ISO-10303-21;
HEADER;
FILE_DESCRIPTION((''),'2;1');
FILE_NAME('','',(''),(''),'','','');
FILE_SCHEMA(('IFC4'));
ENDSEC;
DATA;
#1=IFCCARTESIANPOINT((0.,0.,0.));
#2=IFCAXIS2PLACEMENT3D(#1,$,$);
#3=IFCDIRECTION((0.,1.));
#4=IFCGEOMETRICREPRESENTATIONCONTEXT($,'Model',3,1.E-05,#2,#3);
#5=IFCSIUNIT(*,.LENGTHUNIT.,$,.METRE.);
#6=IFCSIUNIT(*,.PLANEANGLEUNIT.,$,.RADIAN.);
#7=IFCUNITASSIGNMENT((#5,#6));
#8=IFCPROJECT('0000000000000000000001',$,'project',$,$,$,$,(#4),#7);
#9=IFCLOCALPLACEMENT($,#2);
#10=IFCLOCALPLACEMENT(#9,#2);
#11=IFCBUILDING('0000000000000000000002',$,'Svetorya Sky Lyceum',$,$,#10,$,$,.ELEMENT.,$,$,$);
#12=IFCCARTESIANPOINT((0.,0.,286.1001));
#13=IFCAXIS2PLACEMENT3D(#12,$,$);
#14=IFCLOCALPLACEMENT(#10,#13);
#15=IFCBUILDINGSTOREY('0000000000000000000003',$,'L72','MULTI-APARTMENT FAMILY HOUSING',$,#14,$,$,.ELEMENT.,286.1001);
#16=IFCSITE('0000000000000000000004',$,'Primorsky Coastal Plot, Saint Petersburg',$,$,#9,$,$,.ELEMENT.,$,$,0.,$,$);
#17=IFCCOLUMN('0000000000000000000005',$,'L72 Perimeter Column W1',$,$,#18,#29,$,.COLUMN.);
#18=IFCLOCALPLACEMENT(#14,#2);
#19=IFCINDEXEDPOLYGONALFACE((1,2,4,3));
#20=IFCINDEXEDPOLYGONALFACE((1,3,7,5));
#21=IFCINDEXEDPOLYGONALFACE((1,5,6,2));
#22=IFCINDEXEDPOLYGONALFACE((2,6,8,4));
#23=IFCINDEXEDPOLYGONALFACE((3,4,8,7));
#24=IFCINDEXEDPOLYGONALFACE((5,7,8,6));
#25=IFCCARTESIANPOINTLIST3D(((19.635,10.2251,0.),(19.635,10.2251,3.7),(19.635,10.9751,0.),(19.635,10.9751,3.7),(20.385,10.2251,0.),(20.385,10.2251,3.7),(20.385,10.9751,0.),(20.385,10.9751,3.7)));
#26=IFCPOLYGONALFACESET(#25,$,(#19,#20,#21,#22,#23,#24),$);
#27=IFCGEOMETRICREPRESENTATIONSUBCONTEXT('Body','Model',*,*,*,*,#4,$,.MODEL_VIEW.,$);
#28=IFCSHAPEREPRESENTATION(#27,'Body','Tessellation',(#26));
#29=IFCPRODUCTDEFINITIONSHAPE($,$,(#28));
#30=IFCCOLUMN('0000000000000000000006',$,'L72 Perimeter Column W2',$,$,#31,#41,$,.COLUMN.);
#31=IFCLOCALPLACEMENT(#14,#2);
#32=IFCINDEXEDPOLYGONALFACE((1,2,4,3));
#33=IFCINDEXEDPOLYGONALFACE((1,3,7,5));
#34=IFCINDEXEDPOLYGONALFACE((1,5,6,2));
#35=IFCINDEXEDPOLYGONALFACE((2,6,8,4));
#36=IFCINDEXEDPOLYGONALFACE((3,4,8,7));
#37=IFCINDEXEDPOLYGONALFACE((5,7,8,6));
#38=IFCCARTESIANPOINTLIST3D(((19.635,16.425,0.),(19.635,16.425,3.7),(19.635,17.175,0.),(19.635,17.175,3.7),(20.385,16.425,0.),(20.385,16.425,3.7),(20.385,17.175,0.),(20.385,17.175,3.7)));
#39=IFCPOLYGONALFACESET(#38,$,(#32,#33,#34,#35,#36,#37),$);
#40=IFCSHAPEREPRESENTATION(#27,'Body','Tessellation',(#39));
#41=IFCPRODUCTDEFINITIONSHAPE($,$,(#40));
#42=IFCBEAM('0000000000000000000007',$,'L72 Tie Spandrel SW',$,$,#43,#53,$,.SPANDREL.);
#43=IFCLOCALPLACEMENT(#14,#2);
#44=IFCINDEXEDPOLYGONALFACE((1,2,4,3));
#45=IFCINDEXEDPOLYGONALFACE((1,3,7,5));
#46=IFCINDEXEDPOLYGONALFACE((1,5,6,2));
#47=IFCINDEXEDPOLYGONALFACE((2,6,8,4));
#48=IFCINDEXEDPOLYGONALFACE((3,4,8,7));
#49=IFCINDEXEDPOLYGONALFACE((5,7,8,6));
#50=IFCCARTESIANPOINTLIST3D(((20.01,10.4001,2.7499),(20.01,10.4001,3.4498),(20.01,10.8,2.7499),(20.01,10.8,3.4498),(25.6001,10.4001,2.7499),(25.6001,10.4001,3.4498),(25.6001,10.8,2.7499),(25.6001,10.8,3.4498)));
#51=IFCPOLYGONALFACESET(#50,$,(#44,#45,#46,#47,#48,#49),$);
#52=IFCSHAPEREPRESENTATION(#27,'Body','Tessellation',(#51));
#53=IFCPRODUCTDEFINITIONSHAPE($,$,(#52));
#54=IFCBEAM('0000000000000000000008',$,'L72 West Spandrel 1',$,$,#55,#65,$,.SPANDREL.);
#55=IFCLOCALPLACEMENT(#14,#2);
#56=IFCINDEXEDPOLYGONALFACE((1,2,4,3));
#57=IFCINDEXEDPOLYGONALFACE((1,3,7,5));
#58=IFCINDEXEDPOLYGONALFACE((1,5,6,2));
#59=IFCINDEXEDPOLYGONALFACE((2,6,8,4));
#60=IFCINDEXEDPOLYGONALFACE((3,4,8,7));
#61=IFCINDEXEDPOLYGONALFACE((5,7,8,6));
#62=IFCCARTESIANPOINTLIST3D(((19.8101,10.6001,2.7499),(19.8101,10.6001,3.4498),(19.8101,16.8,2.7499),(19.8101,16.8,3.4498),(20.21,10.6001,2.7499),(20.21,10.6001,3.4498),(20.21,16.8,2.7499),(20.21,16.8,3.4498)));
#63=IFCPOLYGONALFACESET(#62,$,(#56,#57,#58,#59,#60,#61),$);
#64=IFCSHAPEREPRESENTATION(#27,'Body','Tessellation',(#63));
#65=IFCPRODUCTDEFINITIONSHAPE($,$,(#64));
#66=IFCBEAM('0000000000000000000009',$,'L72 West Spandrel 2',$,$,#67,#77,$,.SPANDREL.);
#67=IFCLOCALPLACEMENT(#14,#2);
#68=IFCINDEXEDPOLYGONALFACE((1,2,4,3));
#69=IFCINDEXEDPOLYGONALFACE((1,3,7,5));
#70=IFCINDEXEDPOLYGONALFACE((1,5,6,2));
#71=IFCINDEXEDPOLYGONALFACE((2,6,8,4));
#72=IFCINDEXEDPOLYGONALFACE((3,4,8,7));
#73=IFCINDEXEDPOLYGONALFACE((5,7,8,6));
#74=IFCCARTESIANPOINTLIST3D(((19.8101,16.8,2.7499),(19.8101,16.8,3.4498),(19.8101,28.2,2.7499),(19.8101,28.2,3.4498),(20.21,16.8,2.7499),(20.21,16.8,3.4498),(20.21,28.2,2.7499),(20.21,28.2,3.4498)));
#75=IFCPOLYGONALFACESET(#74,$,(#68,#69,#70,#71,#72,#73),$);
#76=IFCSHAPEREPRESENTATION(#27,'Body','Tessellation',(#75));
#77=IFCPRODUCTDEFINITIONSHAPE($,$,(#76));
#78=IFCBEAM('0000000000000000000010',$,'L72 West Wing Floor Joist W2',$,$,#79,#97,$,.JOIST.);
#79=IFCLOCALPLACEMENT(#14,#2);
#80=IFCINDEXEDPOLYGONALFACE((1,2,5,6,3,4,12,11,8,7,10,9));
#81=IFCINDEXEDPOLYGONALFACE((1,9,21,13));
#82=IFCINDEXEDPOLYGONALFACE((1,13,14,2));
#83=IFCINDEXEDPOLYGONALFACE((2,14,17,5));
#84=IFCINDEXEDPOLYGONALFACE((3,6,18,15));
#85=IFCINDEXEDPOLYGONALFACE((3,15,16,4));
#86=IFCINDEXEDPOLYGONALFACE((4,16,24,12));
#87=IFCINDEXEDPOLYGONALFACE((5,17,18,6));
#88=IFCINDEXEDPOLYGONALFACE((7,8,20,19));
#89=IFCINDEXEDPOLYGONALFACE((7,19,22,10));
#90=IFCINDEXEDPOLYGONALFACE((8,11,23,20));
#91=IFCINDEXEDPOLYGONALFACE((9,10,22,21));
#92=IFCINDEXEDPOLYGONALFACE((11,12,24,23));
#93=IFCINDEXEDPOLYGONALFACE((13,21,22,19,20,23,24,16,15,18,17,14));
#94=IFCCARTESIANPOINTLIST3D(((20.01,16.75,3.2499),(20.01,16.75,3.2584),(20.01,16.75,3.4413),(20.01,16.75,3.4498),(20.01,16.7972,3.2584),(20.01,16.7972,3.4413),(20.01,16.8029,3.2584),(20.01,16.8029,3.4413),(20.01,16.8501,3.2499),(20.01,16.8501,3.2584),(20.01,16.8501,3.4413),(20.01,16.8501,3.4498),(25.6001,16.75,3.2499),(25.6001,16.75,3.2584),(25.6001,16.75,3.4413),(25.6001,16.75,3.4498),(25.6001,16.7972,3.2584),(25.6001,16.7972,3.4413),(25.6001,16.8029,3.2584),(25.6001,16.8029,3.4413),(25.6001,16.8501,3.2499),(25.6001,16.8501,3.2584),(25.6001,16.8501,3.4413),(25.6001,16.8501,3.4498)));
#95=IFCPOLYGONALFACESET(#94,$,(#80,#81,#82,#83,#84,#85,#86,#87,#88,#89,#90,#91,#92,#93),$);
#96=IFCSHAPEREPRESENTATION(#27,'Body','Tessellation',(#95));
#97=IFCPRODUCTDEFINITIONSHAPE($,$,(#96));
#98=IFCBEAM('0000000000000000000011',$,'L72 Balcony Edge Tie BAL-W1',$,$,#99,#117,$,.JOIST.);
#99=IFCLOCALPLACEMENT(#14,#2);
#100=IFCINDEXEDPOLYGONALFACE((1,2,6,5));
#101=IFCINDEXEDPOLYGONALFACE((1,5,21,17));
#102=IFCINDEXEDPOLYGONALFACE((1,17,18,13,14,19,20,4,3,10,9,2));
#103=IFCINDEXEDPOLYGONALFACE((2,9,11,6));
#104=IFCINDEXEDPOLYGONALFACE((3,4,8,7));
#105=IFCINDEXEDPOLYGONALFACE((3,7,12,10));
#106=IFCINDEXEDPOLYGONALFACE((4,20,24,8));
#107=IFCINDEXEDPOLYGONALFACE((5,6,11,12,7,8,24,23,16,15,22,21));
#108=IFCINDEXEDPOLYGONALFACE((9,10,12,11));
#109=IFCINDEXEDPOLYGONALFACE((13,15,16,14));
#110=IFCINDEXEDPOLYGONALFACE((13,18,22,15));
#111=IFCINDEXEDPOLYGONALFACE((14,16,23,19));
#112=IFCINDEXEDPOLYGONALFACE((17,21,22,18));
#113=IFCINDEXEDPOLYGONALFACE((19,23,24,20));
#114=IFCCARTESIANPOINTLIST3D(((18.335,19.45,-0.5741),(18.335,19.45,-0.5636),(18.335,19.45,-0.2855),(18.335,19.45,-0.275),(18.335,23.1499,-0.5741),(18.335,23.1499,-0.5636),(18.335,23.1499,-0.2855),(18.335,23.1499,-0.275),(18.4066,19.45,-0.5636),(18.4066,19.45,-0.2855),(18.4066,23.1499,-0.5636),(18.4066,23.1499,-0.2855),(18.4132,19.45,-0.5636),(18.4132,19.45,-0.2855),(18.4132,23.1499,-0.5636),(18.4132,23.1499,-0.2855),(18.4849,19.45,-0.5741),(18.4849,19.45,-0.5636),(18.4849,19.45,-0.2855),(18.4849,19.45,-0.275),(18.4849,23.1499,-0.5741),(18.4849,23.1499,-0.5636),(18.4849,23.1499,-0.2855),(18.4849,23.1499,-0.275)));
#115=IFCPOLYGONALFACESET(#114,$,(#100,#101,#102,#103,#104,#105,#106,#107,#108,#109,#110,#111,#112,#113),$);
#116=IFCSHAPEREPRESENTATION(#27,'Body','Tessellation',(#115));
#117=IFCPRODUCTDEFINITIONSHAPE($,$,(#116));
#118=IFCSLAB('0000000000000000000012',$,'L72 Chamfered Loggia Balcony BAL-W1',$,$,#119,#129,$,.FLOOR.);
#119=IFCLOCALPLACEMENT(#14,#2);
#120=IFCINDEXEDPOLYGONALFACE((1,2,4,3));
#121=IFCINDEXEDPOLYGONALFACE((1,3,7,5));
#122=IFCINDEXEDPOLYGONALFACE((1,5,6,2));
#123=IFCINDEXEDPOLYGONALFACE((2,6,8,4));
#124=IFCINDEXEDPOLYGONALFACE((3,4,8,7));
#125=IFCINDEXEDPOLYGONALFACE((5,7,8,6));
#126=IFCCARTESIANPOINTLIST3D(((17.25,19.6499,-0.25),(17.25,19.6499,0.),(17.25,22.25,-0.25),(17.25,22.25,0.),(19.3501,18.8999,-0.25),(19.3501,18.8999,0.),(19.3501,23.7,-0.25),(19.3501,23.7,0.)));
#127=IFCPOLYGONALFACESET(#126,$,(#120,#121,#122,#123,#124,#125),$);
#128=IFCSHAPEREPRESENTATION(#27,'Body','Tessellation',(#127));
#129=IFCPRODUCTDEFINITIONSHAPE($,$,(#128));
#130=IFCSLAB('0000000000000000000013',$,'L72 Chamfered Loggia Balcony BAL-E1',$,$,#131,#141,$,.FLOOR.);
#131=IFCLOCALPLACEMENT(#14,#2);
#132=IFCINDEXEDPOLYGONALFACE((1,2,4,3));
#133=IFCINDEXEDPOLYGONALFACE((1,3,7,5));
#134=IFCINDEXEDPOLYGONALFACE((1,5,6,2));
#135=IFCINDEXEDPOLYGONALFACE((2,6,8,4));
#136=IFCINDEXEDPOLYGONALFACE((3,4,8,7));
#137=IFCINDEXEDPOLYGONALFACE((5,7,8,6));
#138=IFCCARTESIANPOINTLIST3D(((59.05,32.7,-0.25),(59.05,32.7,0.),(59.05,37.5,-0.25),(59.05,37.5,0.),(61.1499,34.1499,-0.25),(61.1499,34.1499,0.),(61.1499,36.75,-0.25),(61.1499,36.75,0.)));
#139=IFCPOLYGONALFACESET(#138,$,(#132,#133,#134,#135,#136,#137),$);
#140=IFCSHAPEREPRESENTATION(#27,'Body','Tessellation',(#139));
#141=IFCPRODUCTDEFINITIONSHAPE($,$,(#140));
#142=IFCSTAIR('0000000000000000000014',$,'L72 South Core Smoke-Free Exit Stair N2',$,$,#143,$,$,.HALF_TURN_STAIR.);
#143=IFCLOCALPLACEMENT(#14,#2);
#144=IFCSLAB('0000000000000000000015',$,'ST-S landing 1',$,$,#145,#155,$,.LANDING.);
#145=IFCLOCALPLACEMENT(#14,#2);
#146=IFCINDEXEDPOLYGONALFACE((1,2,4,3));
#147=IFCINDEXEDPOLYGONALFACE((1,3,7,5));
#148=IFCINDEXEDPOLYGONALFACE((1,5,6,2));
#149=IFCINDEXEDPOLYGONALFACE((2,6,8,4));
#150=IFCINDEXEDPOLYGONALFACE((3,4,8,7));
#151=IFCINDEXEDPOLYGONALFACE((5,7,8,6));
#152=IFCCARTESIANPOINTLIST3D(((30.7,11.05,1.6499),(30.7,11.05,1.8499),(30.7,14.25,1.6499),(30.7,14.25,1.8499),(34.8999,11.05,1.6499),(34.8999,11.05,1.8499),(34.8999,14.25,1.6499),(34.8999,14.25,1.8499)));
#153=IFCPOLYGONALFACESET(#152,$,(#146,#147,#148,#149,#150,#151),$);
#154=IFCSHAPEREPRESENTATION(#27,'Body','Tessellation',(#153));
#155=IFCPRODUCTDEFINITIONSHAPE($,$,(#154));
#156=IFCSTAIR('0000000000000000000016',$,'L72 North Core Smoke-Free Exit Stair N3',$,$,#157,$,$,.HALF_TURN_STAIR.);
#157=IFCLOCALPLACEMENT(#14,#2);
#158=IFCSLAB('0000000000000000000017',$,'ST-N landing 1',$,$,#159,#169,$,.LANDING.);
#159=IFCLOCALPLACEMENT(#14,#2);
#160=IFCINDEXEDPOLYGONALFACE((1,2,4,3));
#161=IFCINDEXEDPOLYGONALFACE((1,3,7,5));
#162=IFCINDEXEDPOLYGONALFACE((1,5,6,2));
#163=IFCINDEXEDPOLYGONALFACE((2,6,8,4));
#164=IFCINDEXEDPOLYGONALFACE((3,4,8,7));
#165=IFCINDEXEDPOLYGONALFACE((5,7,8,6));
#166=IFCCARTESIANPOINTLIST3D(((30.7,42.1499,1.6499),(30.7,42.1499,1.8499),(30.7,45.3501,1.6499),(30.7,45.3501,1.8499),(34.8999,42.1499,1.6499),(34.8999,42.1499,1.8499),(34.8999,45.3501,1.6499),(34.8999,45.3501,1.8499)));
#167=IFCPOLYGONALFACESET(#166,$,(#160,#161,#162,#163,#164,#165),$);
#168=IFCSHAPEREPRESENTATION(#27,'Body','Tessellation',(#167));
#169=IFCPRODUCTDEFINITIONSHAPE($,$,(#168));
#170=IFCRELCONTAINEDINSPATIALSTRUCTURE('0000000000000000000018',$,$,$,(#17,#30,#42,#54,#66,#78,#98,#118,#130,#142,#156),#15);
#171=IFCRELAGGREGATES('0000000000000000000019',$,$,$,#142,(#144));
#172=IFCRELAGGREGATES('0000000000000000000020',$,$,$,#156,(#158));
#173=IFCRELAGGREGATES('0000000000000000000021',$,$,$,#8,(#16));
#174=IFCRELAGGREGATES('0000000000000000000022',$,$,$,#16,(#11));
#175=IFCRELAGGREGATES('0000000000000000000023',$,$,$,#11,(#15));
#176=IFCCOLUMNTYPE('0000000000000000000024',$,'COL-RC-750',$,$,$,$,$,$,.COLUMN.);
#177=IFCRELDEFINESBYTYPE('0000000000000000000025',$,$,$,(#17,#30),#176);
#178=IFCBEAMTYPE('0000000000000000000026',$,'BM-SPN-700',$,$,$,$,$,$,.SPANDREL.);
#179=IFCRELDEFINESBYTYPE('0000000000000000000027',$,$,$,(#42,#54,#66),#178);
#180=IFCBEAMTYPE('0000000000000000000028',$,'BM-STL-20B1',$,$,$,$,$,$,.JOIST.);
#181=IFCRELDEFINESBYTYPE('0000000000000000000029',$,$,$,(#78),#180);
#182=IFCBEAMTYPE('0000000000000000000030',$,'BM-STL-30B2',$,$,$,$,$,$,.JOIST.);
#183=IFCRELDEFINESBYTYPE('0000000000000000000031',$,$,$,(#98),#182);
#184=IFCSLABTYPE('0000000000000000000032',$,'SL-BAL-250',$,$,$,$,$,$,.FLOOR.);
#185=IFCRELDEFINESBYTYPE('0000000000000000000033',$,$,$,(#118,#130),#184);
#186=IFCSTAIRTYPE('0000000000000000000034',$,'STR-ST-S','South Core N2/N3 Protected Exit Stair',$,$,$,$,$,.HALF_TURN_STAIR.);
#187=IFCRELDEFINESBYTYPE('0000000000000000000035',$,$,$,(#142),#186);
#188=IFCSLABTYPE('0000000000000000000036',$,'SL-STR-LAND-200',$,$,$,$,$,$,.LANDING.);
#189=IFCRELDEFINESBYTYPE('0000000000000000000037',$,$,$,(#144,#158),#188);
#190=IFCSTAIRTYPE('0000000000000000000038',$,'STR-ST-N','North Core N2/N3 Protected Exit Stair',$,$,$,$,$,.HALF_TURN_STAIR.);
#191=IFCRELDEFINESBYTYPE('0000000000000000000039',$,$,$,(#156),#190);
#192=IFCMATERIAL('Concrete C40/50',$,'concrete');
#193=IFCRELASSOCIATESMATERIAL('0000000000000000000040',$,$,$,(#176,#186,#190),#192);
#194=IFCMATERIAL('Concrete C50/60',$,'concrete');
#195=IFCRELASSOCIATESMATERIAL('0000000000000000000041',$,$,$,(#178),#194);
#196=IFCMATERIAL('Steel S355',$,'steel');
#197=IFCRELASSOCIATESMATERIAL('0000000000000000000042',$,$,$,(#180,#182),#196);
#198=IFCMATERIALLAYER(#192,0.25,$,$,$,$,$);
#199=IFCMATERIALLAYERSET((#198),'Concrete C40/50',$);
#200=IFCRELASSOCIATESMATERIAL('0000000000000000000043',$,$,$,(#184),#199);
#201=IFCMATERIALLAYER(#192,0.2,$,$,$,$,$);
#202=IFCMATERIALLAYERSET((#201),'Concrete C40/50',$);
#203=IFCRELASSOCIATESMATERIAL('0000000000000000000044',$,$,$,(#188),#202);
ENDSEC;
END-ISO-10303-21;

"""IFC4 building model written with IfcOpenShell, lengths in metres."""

from ifc_helpers import new_model, si_unit, direction, frame, origin, origin_2d, place, context, subcontext, project, spatial, polyline, rectangle, i_section, outline, extrude, material, layer, layer_set, material_profile, profile_set, type_object, element, aggregate, save


model = new_model("IFC4")

# Units and contexts
model_context = context("Model", 3, precision=1e-05, world=origin(), true_north=direction((0.0, 1.0)))
body_context = subcontext(model_context, "Body", "Model", "MODEL_VIEW")
ifc_project = project(units=[si_unit("LENGTHUNIT", "METRE"), si_unit("PLANEANGLEUNIT", "RADIAN")], contexts=[model_context])

# Site, building, storey
site_placement = place(None, origin())
site = spatial("IfcSite", under=ifc_project, at=site_placement, Name="Primorsky Coastal Plot, Saint Petersburg", CompositionType="ELEMENT", RefElevation=0.0)
building_placement = place(site_placement, origin())
building = spatial("IfcBuilding", under=site, at=building_placement, Name="Svetorya Sky Lyceum", CompositionType="ELEMENT")
storey_placement = place(building_placement, frame((0.0, 0.0, 286.1001)))
storey = spatial("IfcBuildingStorey", under=building, at=storey_placement, Name="L72", Description="MULTI-APARTMENT FAMILY HOUSING", CompositionType="ELEMENT", Elevation=286.1001)

# Columns
ifc_material_1 = material(Name="Concrete C40/50", Category="concrete")
ifc_material_profile_1 = material_profile(ifc_material_1, rectangle(XDim=0.75, YDim=0.75, at=origin_2d()), Name="RC COL 750x750")
ifc_profile_set_1 = profile_set([ifc_material_profile_1], Name="Concrete C40/50")
column_type = type_object("IfcColumnType", Name="COL-RC-750", PredefinedType="COLUMN", material=ifc_profile_set_1)
for number, where, z_axis, x_axis, name in (
    (1, (20.01, 10.6001, 0.0), (0.0, 0.0, 1.0), (1.0, 0.0, 0.0), "L72 Perimeter Column W1"),
    (2, (20.01, 16.8, 0.0), (0.0, 0.0, 1.0), (1.0, 0.0, 0.0), "L72 Perimeter Column W2"),
):
    element("IfcColumn", number, at=place(storey_placement, frame(where, z_axis=z_axis, x_axis=x_axis)), inside=storey, type_object=column_type, Name=name, PredefinedType="COLUMN", context=body_context, shape_type="SweptSolid", body=[
        extrude(rectangle(XDim=0.75, YDim=0.75, at=origin_2d()), origin(), (0.0, 0.0, 1.0), 3.7),
    ])

# Beams
ifc_material_2 = material(Name="Concrete C50/60", Category="concrete")
ifc_material_profile_2 = material_profile(ifc_material_2, rectangle(XDim=0.3999, YDim=0.7, at=origin_2d()), Name="RC SPANDREL 400x700")
ifc_profile_set_2 = profile_set([ifc_material_profile_2], Name="Concrete C50/60")
beam_type_1 = type_object("IfcBeamType", Name="BM-SPN-700", PredefinedType="SPANDREL", material=ifc_profile_set_2)
beam_1_placement = place(storey_placement, frame((20.01, 10.6001, 3.0999), z_axis=(1.0, 0.0, 0.0), x_axis=(0.0, 1.0, 0.0)))
element("IfcBeam", 3, at=beam_1_placement, inside=storey, type_object=beam_type_1, Name="L72 Tie Spandrel SW", PredefinedType="SPANDREL", context=body_context, shape_type="SweptSolid", body=[
    extrude(rectangle(XDim=0.3999, YDim=0.7, at=origin_2d()), origin(), (0.0, 0.0, 1.0), 5.5901),
])
beam_2_placement = place(storey_placement, frame((20.01, 10.6001, 3.0999), z_axis=(0.0, 1.0, 0.0), x_axis=(-1.0, 0.0, 0.0)))
element("IfcBeam", 4, at=beam_2_placement, inside=storey, type_object=beam_type_1, Name="L72 West Spandrel 1", PredefinedType="SPANDREL", context=body_context, shape_type="SweptSolid", body=[
    extrude(rectangle(XDim=0.3999, YDim=0.7, at=origin_2d()), origin(), (0.0, 0.0, 1.0), 6.2),
])
beam_3_placement = place(storey_placement, frame((20.01, 16.8, 3.0999), z_axis=(0.0, 1.0, 0.0), x_axis=(-1.0, 0.0, 0.0)))
element("IfcBeam", 5, at=beam_3_placement, inside=storey, type_object=beam_type_1, Name="L72 West Spandrel 2", PredefinedType="SPANDREL", context=body_context, shape_type="SweptSolid", body=[
    extrude(rectangle(XDim=0.3999, YDim=0.7, at=origin_2d()), origin(), (0.0, 0.0, 1.0), 11.3999),
])
ifc_material_3 = material(Name="Steel S355", Category="steel")
ifc_material_profile_3 = material_profile(ifc_material_3, i_section(OverallWidth=0.1001, OverallDepth=0.2, WebThickness=0.0056, FlangeThickness=0.0085, at=origin_2d()), Name="GOST 20B1")
ifc_profile_set_3 = profile_set([ifc_material_profile_3], Name="Steel S355")
beam_type_2 = type_object("IfcBeamType", Name="BM-STL-20B1", PredefinedType="JOIST", material=ifc_profile_set_3)
beam_4_placement = place(storey_placement, frame((20.01, 16.8, 3.3499), z_axis=(1.0, 0.0, 0.0), x_axis=(0.0, 1.0, 0.0)))
element("IfcBeam", 6, at=beam_4_placement, inside=storey, type_object=beam_type_2, Name="L72 West Wing Floor Joist W2", PredefinedType="JOIST", context=body_context, shape_type="SweptSolid", body=[
    extrude(i_section(OverallWidth=0.1001, OverallDepth=0.2, WebThickness=0.0056, FlangeThickness=0.0085, at=origin_2d()), origin(), (0.0, 0.0, 1.0), 5.5901),
])
ifc_material_profile_4 = material_profile(ifc_material_3, i_section(OverallWidth=0.1499, OverallDepth=0.2991, WebThickness=0.0066, FlangeThickness=0.0105, at=origin_2d()), Name="GOST 30B2")
ifc_profile_set_4 = profile_set([ifc_material_profile_4], Name="Steel S355")
beam_type_3 = type_object("IfcBeamType", Name="BM-STL-30B2", PredefinedType="JOIST", material=ifc_profile_set_4)
beam_5_placement = place(storey_placement, frame((18.4099, 19.45, -0.4246), z_axis=(0.0, 1.0, 0.0), x_axis=(-1.0, 0.0, 0.0)))
element("IfcBeam", 7, at=beam_5_placement, inside=storey, type_object=beam_type_3, Name="L72 Balcony Edge Tie BAL-W1", PredefinedType="JOIST", context=body_context, shape_type="SweptSolid", body=[
    extrude(i_section(OverallWidth=0.1499, OverallDepth=0.2991, WebThickness=0.0066, FlangeThickness=0.0105, at=origin_2d()), origin(), (0.0, 0.0, 1.0), 3.7),
])

# Slabs
ifc_layer_1 = layer(ifc_material_1, 0.25)
ifc_layer_set_1 = layer_set([ifc_layer_1], Name="Concrete C40/50")
slab_type_1 = type_object("IfcSlabType", Name="SL-BAL-250", PredefinedType="FLOOR", material=ifc_layer_set_1)
slab_1_placement = place(storey_placement, frame((0.0, 0.0, -0.25)))
element("IfcSlab", 8, at=slab_1_placement, inside=storey, type_object=slab_type_1, Name="L72 Chamfered Loggia Balcony BAL-W1", PredefinedType="FLOOR", context=body_context, shape_type="SweptSolid", body=[
    extrude(outline(polyline([(19.3501, 18.8999), (19.3501, 23.7), (17.25, 22.25), (17.25, 19.6499), (19.3501, 18.8999)])), origin(), (0.0, 0.0, 1.0), 0.25),
])
slab_2_placement = place(storey_placement, frame((0.0, 0.0, -0.25)))
element("IfcSlab", 9, at=slab_2_placement, inside=storey, type_object=slab_type_1, Name="L72 Chamfered Loggia Balcony BAL-E1", PredefinedType="FLOOR", context=body_context, shape_type="SweptSolid", body=[
    extrude(outline(polyline([(59.05, 32.7), (61.1499, 34.1499), (61.1499, 36.75), (59.05, 37.5), (59.05, 32.7)])), origin(), (0.0, 0.0, 1.0), 0.25),
])

# Stairs, slabs
stair_type_1 = type_object("IfcStairType", Name="STR-ST-S", Description="South Core N2/N3 Protected Exit Stair", PredefinedType="HALF_TURN_STAIR", material=ifc_material_1)
stair_1_placement = place(storey_placement, origin())
stair_1 = element("IfcStair", 10, at=stair_1_placement, inside=storey, type_object=stair_type_1, Name="L72 South Core Smoke-Free Exit Stair N2", PredefinedType="HALF_TURN_STAIR")
ifc_layer_2 = layer(ifc_material_1, 0.2)
ifc_layer_set_2 = layer_set([ifc_layer_2], Name="Concrete C40/50")
slab_type_2 = type_object("IfcSlabType", Name="SL-STR-LAND-200", PredefinedType="LANDING", material=ifc_layer_set_2)
slab_3_placement = place(storey_placement, frame((0.0, 0.0, 1.6499)))
slab_3 = element("IfcSlab", 11, at=slab_3_placement, type_object=slab_type_2, Name="ST-S landing 1", PredefinedType="LANDING", context=body_context, shape_type="SweptSolid", body=[
    extrude(outline(polyline([(30.7, 11.05), (34.8999, 11.05), (34.8999, 14.25), (30.7, 14.25), (30.7, 11.05)])), origin(), (0.0, 0.0, 1.0), 0.2),
])
aggregate(stair_1, [slab_3])
stair_type_2 = type_object("IfcStairType", Name="STR-ST-N", Description="North Core N2/N3 Protected Exit Stair", PredefinedType="HALF_TURN_STAIR", material=ifc_material_1)
stair_2_placement = place(storey_placement, origin())
stair_2 = element("IfcStair", 12, at=stair_2_placement, inside=storey, type_object=stair_type_2, Name="L72 North Core Smoke-Free Exit Stair N3", PredefinedType="HALF_TURN_STAIR")
slab_4_placement = place(storey_placement, frame((0.0, 0.0, 1.6499)))
slab_4 = element("IfcSlab", 13, at=slab_4_placement, type_object=slab_type_2, Name="ST-N landing 1", PredefinedType="LANDING", context=body_context, shape_type="SweptSolid", body=[
    extrude(outline(polyline([(30.7, 42.1499), (34.8999, 42.1499), (34.8999, 45.3501), (30.7, 45.3501), (30.7, 42.1499)])), origin(), (0.0, 0.0, 1.0), 0.2),
])
aggregate(stair_2, [slab_4])

save(model, "model.ifc")
